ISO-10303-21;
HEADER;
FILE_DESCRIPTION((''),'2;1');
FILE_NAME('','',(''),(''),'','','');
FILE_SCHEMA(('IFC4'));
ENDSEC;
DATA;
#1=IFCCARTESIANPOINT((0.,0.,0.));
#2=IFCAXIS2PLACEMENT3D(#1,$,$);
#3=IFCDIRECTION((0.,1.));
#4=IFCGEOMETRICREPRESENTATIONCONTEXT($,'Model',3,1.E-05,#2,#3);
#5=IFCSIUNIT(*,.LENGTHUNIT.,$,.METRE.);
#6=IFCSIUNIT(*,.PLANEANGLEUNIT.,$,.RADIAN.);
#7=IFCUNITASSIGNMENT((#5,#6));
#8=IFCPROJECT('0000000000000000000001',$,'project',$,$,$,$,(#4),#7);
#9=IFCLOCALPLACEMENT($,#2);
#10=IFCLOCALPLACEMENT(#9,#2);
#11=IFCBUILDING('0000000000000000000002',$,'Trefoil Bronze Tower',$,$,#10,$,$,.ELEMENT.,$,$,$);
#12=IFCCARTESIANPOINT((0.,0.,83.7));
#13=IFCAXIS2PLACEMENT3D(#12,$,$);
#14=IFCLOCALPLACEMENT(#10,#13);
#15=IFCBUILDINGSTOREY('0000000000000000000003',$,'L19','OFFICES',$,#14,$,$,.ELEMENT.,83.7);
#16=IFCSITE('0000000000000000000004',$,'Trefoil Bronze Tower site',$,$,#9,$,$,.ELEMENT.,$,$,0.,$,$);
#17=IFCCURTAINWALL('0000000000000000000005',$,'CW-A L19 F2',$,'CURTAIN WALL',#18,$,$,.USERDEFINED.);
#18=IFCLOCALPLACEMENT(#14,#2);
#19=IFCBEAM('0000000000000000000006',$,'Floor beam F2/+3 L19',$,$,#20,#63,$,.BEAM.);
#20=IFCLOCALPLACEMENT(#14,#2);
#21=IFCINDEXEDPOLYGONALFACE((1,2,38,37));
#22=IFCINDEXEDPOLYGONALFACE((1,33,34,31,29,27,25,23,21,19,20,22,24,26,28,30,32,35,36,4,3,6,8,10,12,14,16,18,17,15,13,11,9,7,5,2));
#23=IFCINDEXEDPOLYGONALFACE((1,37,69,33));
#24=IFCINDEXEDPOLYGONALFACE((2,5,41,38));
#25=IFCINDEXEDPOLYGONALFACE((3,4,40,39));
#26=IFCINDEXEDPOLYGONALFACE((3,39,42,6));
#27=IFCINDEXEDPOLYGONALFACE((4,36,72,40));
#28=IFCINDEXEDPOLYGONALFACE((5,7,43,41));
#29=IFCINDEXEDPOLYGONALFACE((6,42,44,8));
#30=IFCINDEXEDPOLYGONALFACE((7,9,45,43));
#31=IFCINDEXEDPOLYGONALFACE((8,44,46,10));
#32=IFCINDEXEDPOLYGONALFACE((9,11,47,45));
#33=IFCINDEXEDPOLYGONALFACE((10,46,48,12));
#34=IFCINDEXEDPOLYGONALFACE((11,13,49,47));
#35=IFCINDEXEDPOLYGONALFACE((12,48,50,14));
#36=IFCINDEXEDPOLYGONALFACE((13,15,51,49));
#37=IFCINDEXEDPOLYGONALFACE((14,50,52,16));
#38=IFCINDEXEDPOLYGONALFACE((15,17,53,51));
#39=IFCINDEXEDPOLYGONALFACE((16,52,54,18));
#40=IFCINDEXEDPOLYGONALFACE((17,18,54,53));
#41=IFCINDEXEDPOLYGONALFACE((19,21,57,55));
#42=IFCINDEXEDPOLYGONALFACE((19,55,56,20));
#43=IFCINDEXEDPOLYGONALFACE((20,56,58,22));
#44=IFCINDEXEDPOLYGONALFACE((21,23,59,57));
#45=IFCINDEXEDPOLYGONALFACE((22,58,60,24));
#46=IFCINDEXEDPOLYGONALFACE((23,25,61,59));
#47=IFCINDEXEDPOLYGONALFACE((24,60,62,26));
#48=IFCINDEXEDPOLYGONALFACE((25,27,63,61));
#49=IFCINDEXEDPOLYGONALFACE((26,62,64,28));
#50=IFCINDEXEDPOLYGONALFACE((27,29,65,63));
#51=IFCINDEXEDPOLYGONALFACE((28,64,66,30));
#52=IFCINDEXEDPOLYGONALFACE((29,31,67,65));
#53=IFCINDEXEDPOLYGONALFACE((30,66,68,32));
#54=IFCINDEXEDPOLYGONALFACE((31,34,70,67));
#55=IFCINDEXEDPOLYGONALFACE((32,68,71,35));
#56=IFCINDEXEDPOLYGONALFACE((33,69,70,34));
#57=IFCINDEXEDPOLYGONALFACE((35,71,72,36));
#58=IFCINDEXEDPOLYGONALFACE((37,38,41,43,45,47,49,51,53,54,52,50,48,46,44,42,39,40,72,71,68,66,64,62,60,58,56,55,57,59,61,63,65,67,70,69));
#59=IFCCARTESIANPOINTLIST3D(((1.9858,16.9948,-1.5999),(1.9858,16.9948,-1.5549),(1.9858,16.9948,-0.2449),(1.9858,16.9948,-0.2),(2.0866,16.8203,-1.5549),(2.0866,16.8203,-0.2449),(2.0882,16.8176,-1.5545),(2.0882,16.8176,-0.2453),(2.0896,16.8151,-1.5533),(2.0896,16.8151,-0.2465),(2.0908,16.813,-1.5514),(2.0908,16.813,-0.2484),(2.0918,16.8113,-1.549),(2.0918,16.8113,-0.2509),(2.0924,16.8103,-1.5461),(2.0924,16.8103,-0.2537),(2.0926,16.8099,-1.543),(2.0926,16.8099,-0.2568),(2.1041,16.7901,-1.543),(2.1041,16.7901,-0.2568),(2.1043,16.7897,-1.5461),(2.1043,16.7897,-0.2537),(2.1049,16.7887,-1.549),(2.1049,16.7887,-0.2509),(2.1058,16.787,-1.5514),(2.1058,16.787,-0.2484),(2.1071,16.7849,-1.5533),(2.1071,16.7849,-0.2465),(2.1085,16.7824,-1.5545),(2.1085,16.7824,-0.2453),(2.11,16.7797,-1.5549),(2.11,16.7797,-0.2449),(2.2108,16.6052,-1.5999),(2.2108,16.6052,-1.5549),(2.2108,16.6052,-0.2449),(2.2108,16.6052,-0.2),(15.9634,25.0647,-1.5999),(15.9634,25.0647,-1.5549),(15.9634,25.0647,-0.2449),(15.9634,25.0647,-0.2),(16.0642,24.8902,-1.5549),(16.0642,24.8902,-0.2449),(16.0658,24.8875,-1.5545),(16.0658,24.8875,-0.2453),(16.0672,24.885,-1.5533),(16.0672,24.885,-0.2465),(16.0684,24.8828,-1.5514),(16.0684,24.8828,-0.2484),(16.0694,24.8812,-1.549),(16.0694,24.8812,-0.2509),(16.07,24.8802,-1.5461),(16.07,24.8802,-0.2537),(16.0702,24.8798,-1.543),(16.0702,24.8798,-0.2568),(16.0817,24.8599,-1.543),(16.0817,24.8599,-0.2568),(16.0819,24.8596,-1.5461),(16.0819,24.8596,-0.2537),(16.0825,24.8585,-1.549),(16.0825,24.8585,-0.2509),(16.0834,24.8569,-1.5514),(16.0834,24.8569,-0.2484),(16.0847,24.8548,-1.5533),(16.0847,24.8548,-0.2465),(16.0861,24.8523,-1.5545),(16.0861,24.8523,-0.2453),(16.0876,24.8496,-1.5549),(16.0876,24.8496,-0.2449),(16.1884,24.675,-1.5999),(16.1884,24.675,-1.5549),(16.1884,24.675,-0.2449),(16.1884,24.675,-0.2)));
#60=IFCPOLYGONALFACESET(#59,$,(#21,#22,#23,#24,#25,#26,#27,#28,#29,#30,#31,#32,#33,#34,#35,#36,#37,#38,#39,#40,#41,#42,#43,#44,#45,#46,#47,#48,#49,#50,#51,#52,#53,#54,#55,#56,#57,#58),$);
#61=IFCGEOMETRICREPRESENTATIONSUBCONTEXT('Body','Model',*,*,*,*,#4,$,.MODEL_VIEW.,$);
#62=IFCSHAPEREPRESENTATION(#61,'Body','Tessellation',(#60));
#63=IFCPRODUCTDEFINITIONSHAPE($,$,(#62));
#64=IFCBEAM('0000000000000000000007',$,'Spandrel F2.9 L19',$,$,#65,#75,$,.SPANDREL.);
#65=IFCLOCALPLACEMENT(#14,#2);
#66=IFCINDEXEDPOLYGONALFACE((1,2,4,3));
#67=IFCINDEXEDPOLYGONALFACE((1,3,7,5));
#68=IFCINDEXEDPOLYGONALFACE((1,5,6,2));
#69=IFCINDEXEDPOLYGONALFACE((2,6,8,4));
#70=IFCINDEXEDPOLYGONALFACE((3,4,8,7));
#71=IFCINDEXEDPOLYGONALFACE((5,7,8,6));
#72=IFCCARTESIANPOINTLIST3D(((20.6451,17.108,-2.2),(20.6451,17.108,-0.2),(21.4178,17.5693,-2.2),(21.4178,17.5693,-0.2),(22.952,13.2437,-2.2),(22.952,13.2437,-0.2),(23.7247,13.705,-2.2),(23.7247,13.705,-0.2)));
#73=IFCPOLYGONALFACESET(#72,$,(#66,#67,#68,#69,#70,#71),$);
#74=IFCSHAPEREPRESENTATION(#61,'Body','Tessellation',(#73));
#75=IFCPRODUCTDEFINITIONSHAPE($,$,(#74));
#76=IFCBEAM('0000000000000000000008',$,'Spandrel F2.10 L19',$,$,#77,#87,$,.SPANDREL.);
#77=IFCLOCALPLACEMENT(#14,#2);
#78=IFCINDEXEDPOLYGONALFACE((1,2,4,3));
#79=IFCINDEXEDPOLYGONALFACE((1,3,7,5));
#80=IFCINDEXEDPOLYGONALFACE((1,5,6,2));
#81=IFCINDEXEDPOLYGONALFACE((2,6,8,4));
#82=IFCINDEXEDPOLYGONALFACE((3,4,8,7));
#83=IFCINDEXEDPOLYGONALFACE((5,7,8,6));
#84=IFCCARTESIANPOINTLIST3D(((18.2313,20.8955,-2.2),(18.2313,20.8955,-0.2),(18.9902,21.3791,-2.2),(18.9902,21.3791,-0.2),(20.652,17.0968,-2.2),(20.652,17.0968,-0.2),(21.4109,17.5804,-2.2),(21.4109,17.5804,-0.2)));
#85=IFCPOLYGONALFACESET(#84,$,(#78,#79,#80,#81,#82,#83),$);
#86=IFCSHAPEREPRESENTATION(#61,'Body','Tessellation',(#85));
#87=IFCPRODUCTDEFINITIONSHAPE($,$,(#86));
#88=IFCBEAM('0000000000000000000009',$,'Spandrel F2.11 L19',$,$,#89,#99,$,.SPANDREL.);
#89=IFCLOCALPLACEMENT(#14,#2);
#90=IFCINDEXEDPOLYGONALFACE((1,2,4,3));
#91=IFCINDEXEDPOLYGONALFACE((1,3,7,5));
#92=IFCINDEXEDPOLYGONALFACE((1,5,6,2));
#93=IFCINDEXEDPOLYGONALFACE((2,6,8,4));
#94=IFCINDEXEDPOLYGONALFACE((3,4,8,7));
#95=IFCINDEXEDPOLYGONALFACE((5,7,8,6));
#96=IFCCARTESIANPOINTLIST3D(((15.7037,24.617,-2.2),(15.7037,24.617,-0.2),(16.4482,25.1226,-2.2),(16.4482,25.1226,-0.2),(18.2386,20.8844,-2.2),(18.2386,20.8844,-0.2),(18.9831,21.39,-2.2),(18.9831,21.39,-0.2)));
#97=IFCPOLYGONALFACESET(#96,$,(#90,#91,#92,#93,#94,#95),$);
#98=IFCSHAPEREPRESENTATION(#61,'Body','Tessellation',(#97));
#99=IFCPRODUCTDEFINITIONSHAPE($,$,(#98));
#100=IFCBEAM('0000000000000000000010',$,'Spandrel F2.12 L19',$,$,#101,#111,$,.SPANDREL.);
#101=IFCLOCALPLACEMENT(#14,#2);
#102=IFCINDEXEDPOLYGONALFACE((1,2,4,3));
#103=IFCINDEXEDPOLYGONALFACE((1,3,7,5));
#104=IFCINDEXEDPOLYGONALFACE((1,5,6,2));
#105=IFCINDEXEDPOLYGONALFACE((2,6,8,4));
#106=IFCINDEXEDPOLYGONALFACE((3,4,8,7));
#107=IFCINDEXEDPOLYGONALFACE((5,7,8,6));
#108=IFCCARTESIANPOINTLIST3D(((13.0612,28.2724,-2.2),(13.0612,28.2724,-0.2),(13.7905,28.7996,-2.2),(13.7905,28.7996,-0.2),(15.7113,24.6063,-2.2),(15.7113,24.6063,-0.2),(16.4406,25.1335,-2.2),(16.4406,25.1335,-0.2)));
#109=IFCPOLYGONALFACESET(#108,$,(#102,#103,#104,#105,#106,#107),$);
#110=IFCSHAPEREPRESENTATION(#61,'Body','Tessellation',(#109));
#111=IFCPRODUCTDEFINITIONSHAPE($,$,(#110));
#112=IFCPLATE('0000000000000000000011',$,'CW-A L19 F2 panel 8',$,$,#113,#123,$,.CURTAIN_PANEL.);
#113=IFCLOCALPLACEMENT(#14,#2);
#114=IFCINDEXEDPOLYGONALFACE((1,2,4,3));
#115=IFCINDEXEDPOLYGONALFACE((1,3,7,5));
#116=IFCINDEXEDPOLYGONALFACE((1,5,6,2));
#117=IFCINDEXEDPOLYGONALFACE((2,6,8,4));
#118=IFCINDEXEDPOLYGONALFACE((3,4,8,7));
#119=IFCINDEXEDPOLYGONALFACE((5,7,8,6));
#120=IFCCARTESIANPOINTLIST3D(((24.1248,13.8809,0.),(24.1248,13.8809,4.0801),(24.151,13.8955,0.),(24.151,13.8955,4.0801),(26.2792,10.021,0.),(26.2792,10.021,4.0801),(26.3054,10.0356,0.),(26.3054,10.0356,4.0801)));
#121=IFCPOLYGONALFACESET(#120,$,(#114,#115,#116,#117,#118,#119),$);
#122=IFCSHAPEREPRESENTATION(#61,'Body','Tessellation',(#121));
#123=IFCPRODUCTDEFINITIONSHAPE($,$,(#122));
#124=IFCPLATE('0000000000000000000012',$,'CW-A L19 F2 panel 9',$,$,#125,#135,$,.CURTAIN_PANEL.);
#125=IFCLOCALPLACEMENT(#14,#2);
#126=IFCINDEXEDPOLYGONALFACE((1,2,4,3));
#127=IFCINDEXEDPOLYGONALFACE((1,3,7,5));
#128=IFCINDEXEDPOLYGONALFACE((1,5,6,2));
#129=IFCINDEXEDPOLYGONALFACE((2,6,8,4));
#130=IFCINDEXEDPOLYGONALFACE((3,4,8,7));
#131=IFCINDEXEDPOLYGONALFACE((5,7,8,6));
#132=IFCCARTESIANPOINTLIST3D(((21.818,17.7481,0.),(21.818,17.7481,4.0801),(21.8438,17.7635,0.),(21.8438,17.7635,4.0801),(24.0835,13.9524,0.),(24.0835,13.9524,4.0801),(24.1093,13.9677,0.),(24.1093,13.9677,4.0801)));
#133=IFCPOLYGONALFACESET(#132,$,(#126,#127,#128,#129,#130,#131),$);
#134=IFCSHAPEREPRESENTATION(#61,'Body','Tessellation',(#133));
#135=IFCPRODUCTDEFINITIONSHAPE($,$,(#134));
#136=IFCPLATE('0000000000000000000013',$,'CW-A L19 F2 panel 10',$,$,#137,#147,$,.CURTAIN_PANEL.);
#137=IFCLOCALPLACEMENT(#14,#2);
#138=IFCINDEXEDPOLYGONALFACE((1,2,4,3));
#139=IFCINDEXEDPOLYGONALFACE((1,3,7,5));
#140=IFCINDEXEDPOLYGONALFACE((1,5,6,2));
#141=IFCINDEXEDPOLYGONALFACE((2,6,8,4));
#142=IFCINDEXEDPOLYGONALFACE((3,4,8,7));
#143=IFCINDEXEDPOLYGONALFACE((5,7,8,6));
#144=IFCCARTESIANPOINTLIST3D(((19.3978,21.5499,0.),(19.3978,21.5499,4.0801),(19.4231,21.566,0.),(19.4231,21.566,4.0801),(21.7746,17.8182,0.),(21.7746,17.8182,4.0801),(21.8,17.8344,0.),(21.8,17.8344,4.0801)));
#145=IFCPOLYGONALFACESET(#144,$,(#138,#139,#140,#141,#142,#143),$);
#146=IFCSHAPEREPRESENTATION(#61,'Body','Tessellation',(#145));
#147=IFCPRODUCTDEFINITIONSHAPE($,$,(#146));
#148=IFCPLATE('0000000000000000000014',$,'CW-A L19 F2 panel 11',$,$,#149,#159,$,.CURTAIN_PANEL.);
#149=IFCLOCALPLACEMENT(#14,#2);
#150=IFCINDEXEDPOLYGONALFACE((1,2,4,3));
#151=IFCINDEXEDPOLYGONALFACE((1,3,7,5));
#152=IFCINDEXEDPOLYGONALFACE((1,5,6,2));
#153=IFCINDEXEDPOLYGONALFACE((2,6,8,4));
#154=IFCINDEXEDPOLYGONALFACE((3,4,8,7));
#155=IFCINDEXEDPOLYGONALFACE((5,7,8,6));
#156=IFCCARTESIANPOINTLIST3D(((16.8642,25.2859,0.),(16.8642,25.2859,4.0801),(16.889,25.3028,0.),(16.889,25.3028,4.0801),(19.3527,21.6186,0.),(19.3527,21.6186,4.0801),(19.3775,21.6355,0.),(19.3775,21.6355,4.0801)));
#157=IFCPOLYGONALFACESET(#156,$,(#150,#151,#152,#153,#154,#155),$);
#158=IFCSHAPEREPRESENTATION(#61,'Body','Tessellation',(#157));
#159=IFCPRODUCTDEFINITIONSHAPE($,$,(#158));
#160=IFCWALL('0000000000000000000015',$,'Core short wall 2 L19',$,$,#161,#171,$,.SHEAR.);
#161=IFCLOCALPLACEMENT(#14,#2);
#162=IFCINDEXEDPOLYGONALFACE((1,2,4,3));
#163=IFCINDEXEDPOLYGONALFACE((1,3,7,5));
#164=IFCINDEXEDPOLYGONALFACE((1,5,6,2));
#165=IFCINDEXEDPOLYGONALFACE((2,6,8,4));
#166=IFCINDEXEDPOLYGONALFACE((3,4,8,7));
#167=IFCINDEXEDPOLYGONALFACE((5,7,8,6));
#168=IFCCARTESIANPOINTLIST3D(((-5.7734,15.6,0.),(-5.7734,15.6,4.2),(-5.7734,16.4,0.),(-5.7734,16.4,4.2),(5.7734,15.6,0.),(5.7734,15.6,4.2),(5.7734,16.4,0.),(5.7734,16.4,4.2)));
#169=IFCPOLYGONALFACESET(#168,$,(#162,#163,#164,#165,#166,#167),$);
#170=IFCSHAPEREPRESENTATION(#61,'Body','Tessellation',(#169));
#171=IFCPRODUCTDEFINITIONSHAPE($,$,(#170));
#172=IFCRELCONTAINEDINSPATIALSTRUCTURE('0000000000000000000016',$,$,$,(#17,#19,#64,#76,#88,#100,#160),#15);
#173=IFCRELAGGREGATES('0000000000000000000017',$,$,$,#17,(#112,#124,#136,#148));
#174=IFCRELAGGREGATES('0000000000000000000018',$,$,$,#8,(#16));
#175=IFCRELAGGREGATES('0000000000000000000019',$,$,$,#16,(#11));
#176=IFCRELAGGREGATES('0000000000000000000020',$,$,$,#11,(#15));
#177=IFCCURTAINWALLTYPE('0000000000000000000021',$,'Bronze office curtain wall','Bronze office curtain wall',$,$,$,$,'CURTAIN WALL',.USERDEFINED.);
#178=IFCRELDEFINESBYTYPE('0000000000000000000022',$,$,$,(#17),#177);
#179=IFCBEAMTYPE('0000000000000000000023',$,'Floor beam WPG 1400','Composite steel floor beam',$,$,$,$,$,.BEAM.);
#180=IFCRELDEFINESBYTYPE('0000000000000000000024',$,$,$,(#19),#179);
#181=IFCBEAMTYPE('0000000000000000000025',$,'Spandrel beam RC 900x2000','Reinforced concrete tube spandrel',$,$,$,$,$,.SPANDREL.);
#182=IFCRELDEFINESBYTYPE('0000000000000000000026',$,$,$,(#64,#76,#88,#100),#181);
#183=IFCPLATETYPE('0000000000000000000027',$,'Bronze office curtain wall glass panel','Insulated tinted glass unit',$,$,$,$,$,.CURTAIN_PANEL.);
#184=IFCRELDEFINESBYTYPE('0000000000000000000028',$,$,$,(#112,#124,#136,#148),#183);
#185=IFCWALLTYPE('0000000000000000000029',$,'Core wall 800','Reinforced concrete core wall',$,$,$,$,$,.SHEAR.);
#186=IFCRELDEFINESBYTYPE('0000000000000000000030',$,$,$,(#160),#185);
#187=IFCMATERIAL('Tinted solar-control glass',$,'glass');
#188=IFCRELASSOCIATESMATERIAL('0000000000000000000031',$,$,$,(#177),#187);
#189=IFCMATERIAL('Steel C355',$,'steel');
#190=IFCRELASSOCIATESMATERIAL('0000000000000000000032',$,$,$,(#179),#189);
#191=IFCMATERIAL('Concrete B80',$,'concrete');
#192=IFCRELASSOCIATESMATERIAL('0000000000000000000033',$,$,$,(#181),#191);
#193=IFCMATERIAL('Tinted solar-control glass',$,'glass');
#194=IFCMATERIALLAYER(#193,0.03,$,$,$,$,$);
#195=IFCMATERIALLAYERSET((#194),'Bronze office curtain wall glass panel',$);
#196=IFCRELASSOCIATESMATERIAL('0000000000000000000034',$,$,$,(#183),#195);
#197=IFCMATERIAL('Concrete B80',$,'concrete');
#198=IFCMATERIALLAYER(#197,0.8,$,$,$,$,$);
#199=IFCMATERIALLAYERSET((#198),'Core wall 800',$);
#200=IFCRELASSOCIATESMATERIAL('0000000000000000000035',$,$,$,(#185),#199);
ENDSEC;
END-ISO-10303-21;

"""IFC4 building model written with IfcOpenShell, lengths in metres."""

from ifc_helpers import new_model, si_unit, direction, frame, frame_2d, origin, origin_2d, place, context, subcontext, project, spatial, rectangle, i_section, extrude, material, layer, layer_set, material_profile, profile_set, type_object, element, aggregate, save


model = new_model("IFC4")

# Units and contexts
model_context = context("Model", 3, precision=1e-05, world=origin(), true_north=direction((0.0, 1.0)))
body_context = subcontext(model_context, "Body", "Model", "MODEL_VIEW")
ifc_project = project(units=[si_unit("LENGTHUNIT", "METRE"), si_unit("PLANEANGLEUNIT", "RADIAN")], contexts=[model_context])

# Site, building, storey
site_placement = place(None, origin())
site = spatial("IfcSite", under=ifc_project, at=site_placement, Name="Trefoil Bronze Tower site", CompositionType="ELEMENT", RefElevation=0.0)
building_placement = place(site_placement, origin())
building = spatial("IfcBuilding", under=site, at=building_placement, Name="Trefoil Bronze Tower", CompositionType="ELEMENT")
storey_placement = place(building_placement, frame((0.0, 0.0, 83.7)))
storey = spatial("IfcBuildingStorey", under=building, at=storey_placement, Name="L19", Description="OFFICES", CompositionType="ELEMENT", Elevation=83.7)

# Curtain wall
ifc_material_1 = material(Name="Tinted solar-control glass", Category="glass")
curtain_wall_type = type_object("IfcCurtainWallType", Name="Bronze office curtain wall", Description="Bronze office curtain wall", ElementType="CURTAIN WALL", PredefinedType="USERDEFINED", material=ifc_material_1)
curtain_wall_placement = place(storey_placement, origin())
curtain_wall = element("IfcCurtainWall", 1, at=curtain_wall_placement, inside=storey, type_object=curtain_wall_type, Name="CW-A L19 F2", ObjectType="CURTAIN WALL", PredefinedType="USERDEFINED")

# Beams
ifc_material_2 = material(Name="Steel C355", Category="steel")
ifc_material_profile_1 = material_profile(ifc_material_2, i_section(OverallWidth=0.45, OverallDepth=1.3999, WebThickness=0.0229, FlangeThickness=0.0449, FilletRadius=0.012, at=origin_2d()), Name="WPG 1400")
ifc_profile_set_1 = profile_set([ifc_material_profile_1], Name="Steel C355")
beam_type_1 = type_object("IfcBeamType", Name="Floor beam WPG 1400", Description="Composite steel floor beam", PredefinedType="BEAM", material=ifc_profile_set_1)
beam_1_placement = place(storey_placement, frame((16.0759, 24.8699, -0.8999), z_axis=(-0.866028, -0.499995, 0.0), x_axis=(0.499995, -0.866028, 0.0)))
element("IfcBeam", 2, at=beam_1_placement, inside=storey, type_object=beam_type_1, Name="Floor beam F2/+3 L19", PredefinedType="BEAM", context=body_context, shape_type="SweptSolid", body=[
    extrude(i_section(OverallWidth=0.45, OverallDepth=1.3999, WebThickness=0.0229, FlangeThickness=0.0449, FilletRadius=0.012, at=origin_2d()), origin(), (0.0, 0.0, 1.0), 16.1399),
])
ifc_material_3 = material(Name="Concrete B80", Category="concrete")
ifc_material_profile_2 = material_profile(ifc_material_3, rectangle(XDim=0.8999, YDim=2.0, at=origin_2d()), Name="RC 900x2000")
ifc_profile_set_2 = profile_set([ifc_material_profile_2], Name="Concrete B80")
beam_type_2 = type_object("IfcBeamType", Name="Spandrel beam RC 900x2000", Description="Reinforced concrete tube spandrel", PredefinedType="SPANDREL", material=ifc_profile_set_2)
beam_2_placement = place(storey_placement, frame((23.3384, 13.4744, -1.2), z_axis=(-0.512588, 0.858635, 0.0), x_axis=(-0.858635, -0.512588, 0.0)))
element("IfcBeam", 3, at=beam_2_placement, inside=storey, type_object=beam_type_2, Name="Spandrel F2.9 L19", PredefinedType="SPANDREL", context=body_context, shape_type="SweptSolid", body=[
    extrude(rectangle(XDim=0.8999, YDim=2.0, at=origin_2d()), origin(), (0.0, 0.0, 1.0), 4.5005),
])
beam_3_placement = place(storey_placement, frame((21.0315, 17.3386, -1.2), z_axis=(-0.537408, 0.843322, 0.0), x_axis=(-0.843322, -0.537408, 0.0)))
element("IfcBeam", 4, at=beam_3_placement, inside=storey, type_object=beam_type_2, Name="Spandrel F2.10 L19", PredefinedType="SPANDREL", context=body_context, shape_type="SweptSolid", body=[
    extrude(rectangle(XDim=0.8999, YDim=2.0, at=origin_2d()), origin(), (0.0, 0.0, 1.0), 4.5044),
])
beam_4_placement = place(storey_placement, frame((18.6108, 21.1372, -1.2), z_axis=(-0.56181, 0.827267, 0.0), x_axis=(-0.827267, -0.56181, 0.0)))
element("IfcBeam", 5, at=beam_4_placement, inside=storey, type_object=beam_type_2, Name="Spandrel F2.11 L19", PredefinedType="SPANDREL", context=body_context, shape_type="SweptSolid", body=[
    extrude(rectangle(XDim=0.8999, YDim=2.0, at=origin_2d()), origin(), (0.0, 0.0, 1.0), 4.512),
])
beam_5_placement = place(storey_placement, frame((16.0759, 24.8699, -1.2), z_axis=(-0.585824, 0.810439, 0.0), x_axis=(-0.810439, -0.585824, 0.0)))
element("IfcBeam", 6, at=beam_5_placement, inside=storey, type_object=beam_type_2, Name="Spandrel F2.12 L19", PredefinedType="SPANDREL", context=body_context, shape_type="SweptSolid", body=[
    extrude(rectangle(XDim=0.8999, YDim=2.0, at=origin_2d()), origin(), (0.0, 0.0, 1.0), 4.5237),
])

# Plates
ifc_material_4 = material(Name="Tinted solar-control glass", Category="glass")
ifc_layer_1 = layer(ifc_material_4, 0.03)
ifc_layer_set_1 = layer_set([ifc_layer_1], Name="Bronze office curtain wall glass panel")
plate_type = type_object("IfcPlateType", Name="Bronze office curtain wall glass panel", Description="Insulated tinted glass unit", PredefinedType="CURTAIN_PANEL", material=ifc_layer_set_1)
plate_1_placement = place(storey_placement, frame((25.2151, 11.9583, 0.0), z_axis=(0.0, 0.0, 1.0), x_axis=(-0.487382, 0.873189, 0.0)))
plate_1 = element("IfcPlate", 7, at=plate_1_placement, type_object=plate_type, Name="CW-A L19 F2 panel 8", PredefinedType="CURTAIN_PANEL", context=body_context, shape_type="SweptSolid", body=[
    extrude(rectangle(XDim=4.4204, YDim=0.03, at=origin_2d()), origin(), (0.0, 0.0, 1.0), 4.0801),
])
plate_2_placement = place(storey_placement, frame((22.9636, 15.8579, 0.0), z_axis=(0.0, 0.0, 1.0), x_axis=(-0.512513, 0.85868, 0.0)))
plate_2 = element("IfcPlate", 8, at=plate_2_placement, type_object=plate_type, Name="CW-A L19 F2 panel 9", PredefinedType="CURTAIN_PANEL", context=body_context, shape_type="SweptSolid", body=[
    extrude(rectangle(XDim=4.4204, YDim=0.03, at=origin_2d()), origin(), (0.0, 0.0, 1.0), 4.0801),
])
plate_3_placement = place(storey_placement, frame((20.5989, 19.6921, 0.0), z_axis=(0.0, 0.0, 1.0), x_axis=(-0.537222, 0.843441, 0.0)))
plate_3 = element("IfcPlate", 9, at=plate_3_placement, type_object=plate_type, Name="CW-A L19 F2 panel 10", PredefinedType="CURTAIN_PANEL", context=body_context, shape_type="SweptSolid", body=[
    extrude(rectangle(XDim=4.4243, YDim=0.03, at=origin_2d()), origin(), (0.0, 0.0, 1.0), 4.0801),
])
plate_4_placement = place(storey_placement, frame((18.1208, 23.4607, 0.0), z_axis=(0.0, 0.0, 1.0), x_axis=(-0.56151, 0.82747, 0.0)))
plate_4 = element("IfcPlate", 10, at=plate_4_placement, type_object=plate_type, Name="CW-A L19 F2 panel 11", PredefinedType="CURTAIN_PANEL", context=body_context, shape_type="SweptSolid", body=[
    extrude(rectangle(XDim=4.4319, YDim=0.03, at=origin_2d()), origin(), (0.0, 0.0, 1.0), 4.0801),
])
aggregate(curtain_wall, [plate_1, plate_2, plate_3, plate_4])

# Wall
ifc_material_5 = material(Name="Concrete B80", Category="concrete")
ifc_layer_2 = layer(ifc_material_5, 0.8)
ifc_layer_set_2 = layer_set([ifc_layer_2], Name="Core wall 800")
wall_type_1 = type_object("IfcWallType", Name="Core wall 800", Description="Reinforced concrete core wall", PredefinedType="SHEAR", material=ifc_layer_set_2)
wall_1_placement = place(storey_placement, frame((5.7734, 16.0, 0.0), z_axis=(0.0, 0.0, 1.0), x_axis=(-1.0, 0.0, 0.0)))
element("IfcWall", 11, at=wall_1_placement, inside=storey, type_object=wall_type_1, Name="Core short wall 2 L19", PredefinedType="SHEAR", context=body_context, shape_type="SweptSolid", body=[
    extrude(rectangle(XDim=11.5469, YDim=0.8, at=frame_2d((5.7734, 0.0))), origin(), (0.0, 0.0, 1.0), 4.2),
])

save(model, "model.ifc")
